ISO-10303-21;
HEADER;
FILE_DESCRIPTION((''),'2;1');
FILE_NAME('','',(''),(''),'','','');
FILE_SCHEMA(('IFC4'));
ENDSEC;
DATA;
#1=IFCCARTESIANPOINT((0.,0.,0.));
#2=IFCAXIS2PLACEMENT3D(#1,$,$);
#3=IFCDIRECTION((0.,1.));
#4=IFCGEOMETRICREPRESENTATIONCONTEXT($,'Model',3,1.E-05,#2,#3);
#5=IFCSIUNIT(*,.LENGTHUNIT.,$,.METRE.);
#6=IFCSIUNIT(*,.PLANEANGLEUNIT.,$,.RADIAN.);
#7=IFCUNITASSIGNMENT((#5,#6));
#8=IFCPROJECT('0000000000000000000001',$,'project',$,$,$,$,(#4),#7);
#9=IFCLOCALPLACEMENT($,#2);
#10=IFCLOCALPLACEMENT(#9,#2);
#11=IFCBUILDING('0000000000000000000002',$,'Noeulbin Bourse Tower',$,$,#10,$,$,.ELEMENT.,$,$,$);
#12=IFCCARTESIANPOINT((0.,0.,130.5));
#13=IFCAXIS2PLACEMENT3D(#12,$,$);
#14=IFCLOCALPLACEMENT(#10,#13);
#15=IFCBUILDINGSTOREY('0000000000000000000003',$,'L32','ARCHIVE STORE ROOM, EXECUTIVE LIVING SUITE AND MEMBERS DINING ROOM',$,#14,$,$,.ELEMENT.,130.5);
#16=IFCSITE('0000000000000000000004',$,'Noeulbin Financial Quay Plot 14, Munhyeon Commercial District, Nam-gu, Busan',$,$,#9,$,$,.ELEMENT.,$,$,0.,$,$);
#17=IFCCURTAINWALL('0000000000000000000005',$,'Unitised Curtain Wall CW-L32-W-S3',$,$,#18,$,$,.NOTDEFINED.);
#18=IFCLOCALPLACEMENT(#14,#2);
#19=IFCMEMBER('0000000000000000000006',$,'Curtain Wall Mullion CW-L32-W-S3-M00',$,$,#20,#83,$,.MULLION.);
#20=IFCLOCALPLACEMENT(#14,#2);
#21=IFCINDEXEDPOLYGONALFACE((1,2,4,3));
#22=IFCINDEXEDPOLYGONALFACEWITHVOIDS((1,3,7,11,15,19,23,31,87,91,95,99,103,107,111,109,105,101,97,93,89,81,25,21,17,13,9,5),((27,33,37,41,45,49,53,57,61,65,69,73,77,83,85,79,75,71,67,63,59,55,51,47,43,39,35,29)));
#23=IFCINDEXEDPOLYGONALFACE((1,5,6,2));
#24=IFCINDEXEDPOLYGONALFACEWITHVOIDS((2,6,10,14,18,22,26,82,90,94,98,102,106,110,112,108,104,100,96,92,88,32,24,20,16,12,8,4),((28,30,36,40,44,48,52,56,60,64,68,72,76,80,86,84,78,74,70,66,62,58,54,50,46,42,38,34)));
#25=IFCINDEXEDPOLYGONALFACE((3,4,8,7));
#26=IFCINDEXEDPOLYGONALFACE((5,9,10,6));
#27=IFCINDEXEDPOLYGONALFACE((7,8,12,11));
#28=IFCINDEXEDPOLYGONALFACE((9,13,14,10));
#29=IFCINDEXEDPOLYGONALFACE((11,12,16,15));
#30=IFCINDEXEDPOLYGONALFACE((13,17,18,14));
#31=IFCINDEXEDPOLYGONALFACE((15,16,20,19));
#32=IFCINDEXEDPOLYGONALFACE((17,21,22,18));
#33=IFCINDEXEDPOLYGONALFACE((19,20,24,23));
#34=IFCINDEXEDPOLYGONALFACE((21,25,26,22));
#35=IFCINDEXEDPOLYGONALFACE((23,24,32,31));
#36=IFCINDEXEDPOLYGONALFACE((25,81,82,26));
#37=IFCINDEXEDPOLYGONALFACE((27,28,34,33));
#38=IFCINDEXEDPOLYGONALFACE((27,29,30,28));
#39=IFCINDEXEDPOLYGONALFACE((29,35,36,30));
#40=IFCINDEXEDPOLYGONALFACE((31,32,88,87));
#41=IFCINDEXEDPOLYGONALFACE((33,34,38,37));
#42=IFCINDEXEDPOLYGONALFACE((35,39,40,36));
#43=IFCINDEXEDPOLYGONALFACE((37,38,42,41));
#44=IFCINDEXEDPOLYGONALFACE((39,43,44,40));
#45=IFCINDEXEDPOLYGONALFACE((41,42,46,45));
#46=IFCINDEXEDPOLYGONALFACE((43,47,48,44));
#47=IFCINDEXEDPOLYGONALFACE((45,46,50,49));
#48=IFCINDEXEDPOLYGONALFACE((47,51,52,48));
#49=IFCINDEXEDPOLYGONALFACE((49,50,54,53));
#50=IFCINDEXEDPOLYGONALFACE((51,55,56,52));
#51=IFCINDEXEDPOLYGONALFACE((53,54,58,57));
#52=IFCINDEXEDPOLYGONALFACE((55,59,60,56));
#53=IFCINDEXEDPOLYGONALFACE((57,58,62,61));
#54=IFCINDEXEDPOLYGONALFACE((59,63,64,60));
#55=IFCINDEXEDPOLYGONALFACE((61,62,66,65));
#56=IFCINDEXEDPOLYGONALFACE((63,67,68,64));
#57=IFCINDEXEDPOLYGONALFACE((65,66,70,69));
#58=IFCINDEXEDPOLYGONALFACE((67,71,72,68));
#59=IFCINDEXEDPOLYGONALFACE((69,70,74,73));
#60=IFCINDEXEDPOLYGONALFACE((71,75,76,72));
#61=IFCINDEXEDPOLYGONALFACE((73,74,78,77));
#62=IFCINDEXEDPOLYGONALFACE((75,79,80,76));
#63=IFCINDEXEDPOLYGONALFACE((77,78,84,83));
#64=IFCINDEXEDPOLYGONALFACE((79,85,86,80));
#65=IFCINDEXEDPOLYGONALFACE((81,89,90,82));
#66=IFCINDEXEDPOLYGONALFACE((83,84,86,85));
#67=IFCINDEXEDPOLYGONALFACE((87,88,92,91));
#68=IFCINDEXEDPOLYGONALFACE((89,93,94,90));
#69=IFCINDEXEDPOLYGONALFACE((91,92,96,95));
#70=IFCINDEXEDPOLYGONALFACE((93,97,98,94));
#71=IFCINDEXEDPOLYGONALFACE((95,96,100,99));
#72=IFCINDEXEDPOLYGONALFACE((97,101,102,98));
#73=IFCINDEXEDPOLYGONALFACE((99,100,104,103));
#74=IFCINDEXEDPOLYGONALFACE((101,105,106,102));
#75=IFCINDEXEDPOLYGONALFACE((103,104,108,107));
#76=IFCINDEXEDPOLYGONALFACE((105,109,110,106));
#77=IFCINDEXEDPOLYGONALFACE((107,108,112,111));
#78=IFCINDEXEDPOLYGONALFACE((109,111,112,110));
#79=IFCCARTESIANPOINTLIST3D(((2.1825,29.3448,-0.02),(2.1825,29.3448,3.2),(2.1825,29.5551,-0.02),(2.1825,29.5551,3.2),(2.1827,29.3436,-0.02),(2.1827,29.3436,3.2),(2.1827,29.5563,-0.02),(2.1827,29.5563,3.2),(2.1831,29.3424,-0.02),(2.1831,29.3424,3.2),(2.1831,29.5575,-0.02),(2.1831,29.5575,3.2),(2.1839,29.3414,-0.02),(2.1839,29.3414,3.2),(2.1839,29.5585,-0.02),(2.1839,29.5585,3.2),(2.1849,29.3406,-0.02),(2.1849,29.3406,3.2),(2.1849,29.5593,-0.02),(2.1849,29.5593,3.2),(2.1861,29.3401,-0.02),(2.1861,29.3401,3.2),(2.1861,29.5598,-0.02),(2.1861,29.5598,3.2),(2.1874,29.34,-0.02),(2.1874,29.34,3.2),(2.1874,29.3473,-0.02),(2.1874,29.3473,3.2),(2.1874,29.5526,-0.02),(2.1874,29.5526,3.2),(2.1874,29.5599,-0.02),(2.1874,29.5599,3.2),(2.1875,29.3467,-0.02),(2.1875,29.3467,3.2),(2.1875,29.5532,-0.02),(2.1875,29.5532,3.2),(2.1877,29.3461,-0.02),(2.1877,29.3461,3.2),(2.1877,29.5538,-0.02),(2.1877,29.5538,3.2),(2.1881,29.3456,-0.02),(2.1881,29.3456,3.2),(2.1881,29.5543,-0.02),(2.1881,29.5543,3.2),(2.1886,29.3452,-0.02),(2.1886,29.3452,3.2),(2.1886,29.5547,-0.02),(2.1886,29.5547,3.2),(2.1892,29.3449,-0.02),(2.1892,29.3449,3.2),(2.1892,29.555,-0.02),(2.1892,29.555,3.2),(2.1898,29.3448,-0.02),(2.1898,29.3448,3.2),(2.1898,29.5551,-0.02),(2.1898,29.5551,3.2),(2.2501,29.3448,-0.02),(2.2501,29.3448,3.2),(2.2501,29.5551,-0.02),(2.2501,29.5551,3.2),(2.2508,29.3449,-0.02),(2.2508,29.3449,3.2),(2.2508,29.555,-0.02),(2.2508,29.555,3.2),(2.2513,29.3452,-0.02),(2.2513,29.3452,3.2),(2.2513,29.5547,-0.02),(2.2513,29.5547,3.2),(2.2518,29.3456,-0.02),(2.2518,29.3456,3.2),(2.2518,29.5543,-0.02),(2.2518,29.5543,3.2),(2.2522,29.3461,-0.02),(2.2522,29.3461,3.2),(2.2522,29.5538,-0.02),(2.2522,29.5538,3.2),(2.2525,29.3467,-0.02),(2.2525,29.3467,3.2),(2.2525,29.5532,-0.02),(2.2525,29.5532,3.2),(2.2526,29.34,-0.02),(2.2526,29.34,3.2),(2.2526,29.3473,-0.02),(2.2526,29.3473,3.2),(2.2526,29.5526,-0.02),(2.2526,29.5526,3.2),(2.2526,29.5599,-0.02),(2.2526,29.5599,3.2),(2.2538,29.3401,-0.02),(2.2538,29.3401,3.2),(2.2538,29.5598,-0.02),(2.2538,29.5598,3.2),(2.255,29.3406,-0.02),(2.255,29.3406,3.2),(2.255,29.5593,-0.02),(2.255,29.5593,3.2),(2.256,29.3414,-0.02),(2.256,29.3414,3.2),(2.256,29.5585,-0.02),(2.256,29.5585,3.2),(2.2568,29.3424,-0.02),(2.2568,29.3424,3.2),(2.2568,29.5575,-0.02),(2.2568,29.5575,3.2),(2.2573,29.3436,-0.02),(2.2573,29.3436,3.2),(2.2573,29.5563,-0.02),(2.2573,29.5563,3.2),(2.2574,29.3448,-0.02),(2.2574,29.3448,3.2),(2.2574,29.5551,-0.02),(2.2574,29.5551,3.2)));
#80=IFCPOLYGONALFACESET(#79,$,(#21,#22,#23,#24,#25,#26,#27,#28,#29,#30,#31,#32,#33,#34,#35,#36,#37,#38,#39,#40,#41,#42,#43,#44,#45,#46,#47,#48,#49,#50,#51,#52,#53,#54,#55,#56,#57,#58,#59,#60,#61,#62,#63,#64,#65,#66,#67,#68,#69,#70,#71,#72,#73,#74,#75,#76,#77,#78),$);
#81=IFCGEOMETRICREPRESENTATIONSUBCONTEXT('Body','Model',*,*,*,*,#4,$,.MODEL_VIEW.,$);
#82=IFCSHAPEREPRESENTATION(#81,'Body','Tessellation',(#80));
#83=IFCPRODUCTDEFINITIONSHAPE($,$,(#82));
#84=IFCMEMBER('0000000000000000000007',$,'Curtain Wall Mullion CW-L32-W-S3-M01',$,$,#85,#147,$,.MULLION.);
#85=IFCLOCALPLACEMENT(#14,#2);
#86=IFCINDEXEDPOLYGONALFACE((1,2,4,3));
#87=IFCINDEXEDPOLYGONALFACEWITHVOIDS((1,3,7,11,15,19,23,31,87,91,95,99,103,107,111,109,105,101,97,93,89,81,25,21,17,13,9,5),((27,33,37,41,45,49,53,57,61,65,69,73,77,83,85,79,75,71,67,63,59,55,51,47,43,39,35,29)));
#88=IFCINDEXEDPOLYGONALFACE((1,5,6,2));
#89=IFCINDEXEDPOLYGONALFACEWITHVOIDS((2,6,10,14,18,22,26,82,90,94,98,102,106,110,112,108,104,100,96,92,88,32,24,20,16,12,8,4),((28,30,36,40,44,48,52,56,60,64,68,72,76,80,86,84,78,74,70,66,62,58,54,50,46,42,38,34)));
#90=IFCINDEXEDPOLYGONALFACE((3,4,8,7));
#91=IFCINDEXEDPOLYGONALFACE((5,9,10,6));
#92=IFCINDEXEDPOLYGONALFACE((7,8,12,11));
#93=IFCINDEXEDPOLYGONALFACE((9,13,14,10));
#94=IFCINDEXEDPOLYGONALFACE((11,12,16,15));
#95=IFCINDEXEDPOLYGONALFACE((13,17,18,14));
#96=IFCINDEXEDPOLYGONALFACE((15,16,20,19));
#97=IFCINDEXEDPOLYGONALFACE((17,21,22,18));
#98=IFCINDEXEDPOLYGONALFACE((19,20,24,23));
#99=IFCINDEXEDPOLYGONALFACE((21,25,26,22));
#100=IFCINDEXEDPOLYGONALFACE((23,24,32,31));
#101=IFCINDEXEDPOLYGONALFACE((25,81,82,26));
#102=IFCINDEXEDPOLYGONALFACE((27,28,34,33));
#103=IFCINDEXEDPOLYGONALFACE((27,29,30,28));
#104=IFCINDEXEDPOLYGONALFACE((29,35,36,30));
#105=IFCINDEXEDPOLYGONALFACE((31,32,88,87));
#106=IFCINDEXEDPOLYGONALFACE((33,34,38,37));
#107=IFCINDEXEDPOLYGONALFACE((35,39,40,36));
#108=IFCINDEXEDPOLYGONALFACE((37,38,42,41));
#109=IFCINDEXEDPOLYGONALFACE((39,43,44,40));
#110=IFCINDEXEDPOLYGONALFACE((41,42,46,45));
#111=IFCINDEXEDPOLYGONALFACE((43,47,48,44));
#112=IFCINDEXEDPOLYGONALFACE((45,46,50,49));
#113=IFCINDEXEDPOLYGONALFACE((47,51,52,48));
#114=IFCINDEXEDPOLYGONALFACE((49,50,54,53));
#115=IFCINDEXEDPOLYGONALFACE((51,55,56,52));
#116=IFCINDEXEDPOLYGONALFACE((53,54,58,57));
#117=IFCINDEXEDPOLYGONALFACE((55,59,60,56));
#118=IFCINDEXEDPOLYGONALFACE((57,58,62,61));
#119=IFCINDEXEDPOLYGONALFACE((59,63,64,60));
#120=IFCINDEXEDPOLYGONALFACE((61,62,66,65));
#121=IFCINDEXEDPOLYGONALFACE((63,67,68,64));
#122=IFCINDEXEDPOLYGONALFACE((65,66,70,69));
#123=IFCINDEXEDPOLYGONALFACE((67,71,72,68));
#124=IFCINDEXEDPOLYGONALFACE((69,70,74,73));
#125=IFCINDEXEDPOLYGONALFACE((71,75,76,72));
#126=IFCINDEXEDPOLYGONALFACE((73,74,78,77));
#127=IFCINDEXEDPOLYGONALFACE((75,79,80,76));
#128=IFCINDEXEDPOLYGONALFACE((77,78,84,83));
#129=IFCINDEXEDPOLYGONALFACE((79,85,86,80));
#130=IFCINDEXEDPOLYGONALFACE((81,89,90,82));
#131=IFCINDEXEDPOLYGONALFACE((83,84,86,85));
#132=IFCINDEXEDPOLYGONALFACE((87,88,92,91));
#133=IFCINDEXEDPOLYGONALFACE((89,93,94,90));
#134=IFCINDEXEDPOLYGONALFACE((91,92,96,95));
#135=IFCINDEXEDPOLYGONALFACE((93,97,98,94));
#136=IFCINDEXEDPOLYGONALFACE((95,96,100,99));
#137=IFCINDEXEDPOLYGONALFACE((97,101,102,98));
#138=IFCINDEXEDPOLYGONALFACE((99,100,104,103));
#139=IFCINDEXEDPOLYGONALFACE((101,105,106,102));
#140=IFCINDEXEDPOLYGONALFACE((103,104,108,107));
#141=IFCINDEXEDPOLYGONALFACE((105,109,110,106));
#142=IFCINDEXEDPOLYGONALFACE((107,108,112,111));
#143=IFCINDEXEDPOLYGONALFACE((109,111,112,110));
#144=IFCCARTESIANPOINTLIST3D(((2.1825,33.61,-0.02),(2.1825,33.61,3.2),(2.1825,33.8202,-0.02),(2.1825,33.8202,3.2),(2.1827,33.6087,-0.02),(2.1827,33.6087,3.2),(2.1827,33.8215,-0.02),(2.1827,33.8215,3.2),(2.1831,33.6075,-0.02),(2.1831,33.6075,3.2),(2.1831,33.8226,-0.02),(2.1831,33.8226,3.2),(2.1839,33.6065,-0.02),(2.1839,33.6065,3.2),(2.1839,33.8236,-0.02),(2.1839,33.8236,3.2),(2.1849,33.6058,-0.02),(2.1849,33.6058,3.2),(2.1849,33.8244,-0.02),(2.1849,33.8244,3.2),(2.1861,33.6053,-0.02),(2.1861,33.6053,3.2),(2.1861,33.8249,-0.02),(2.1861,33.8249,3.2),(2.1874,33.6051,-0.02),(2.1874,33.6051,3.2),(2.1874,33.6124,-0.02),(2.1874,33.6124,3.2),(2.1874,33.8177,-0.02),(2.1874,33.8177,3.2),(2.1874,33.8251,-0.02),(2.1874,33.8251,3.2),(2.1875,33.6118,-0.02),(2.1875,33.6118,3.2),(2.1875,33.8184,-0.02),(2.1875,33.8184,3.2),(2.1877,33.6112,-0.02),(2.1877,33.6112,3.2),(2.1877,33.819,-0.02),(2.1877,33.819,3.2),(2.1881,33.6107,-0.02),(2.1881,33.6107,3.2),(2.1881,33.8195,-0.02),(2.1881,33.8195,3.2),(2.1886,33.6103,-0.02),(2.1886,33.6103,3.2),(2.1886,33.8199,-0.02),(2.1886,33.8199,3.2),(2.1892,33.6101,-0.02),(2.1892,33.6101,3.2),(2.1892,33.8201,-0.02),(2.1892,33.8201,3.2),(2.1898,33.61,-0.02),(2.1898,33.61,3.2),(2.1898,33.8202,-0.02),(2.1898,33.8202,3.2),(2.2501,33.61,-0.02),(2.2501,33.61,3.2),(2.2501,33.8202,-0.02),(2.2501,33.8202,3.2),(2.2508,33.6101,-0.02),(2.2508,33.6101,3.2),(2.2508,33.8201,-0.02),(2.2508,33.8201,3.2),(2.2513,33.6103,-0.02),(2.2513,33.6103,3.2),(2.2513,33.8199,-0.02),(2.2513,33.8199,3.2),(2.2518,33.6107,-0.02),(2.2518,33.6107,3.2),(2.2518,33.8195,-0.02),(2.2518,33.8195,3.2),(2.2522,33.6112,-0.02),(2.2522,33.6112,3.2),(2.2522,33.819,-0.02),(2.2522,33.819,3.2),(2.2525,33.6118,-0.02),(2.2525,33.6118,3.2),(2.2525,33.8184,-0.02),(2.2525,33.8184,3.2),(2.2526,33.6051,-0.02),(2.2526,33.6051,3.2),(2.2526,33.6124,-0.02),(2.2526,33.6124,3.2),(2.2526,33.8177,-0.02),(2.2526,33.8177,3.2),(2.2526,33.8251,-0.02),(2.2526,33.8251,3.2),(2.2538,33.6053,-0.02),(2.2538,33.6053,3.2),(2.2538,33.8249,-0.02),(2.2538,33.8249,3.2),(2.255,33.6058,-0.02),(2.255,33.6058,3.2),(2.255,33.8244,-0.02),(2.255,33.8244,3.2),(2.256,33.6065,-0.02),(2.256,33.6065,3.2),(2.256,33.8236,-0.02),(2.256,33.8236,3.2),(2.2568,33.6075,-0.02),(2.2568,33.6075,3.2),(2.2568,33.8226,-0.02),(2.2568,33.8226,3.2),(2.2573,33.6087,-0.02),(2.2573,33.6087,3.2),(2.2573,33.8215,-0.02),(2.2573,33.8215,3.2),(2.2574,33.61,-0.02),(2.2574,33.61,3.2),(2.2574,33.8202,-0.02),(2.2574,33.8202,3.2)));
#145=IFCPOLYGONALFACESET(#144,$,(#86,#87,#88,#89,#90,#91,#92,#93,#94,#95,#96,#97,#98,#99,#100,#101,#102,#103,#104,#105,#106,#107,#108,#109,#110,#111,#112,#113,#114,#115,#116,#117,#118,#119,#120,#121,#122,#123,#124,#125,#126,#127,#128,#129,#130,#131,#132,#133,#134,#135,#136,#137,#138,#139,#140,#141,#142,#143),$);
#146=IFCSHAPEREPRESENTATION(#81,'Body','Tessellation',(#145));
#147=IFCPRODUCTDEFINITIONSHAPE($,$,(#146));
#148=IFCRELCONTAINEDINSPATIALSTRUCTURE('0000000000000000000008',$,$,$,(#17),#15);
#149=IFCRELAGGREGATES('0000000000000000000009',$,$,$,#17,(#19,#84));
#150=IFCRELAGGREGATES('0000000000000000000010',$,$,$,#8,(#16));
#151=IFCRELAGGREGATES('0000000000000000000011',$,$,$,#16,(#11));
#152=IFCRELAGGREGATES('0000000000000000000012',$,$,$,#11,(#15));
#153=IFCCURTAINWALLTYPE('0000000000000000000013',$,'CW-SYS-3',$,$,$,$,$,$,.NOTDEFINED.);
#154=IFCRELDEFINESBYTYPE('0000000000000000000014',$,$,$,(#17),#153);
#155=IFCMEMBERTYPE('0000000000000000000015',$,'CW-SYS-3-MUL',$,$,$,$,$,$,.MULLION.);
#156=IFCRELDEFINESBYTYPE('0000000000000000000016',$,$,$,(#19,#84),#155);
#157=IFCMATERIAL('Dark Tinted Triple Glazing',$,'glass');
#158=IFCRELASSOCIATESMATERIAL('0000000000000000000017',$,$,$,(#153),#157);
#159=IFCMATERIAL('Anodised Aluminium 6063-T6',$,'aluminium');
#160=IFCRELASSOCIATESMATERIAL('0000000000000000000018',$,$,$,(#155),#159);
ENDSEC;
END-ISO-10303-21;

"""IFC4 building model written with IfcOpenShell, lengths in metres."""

from ifc_helpers import new_model, si_unit, direction, frame, origin, origin_2d, place, context, subcontext, project, spatial, hollow_rectangle, extrude, material, material_profile, profile_set, type_object, element, aggregate, save


model = new_model("IFC4")

# Units and contexts
model_context = context("Model", 3, precision=1e-05, world=origin(), true_north=direction((0.0, 1.0)))
body_context = subcontext(model_context, "Body", "Model", "MODEL_VIEW")
ifc_project = project(units=[si_unit("LENGTHUNIT", "METRE"), si_unit("PLANEANGLEUNIT", "RADIAN")], contexts=[model_context])

# Site, building, storey
site_placement = place(None, origin())
site = spatial("IfcSite", under=ifc_project, at=site_placement, Name="Noeulbin Financial Quay Plot 14, Munhyeon Commercial District, Nam-gu, Busan", CompositionType="ELEMENT", RefElevation=0.0)
building_placement = place(site_placement, origin())
building = spatial("IfcBuilding", under=site, at=building_placement, Name="Noeulbin Bourse Tower", CompositionType="ELEMENT")
storey_placement = place(building_placement, frame((0.0, 0.0, 130.5)))
storey = spatial("IfcBuildingStorey", under=building, at=storey_placement, Name="L32", Description="ARCHIVE STORE ROOM, EXECUTIVE LIVING SUITE AND MEMBERS DINING ROOM", CompositionType="ELEMENT", Elevation=130.5)

# Curtain wall, members
ifc_material_1 = material(Name="Dark Tinted Triple Glazing", Category="glass")
curtain_wall_type = type_object("IfcCurtainWallType", Name="CW-SYS-3", PredefinedType="NOTDEFINED", material=ifc_material_1)
ifc_material_2 = material(Name="Anodised Aluminium 6063-T6", Category="aluminium")
ifc_material_profile_1 = material_profile(ifc_material_2, hollow_rectangle(XDim=0.075, YDim=0.22, WallThickness=0.0049, InnerFilletRadius=0.0024, OuterFilletRadius=0.0049, at=origin_2d()), Name="ALU-MULL-75x220x5", Category="LoadBearing")
ifc_profile_set_1 = profile_set([ifc_material_profile_1], Name="Anodised Aluminium 6063-T6")
member_type_1 = type_object("IfcMemberType", Name="CW-SYS-3-MUL", PredefinedType="MULLION", material=ifc_profile_set_1)
curtain_wall_1_placement = place(storey_placement, origin())
curtain_wall_1 = element("IfcCurtainWall", 1, at=curtain_wall_1_placement, inside=storey, type_object=curtain_wall_type, Name="Unitised Curtain Wall CW-L32-W-S3", PredefinedType="NOTDEFINED")
member_1_placement = place(storey_placement, frame((2.22, 29.45, -0.02), z_axis=(0.0, 0.0, 1.0), x_axis=(1.0, 0.0, 0.0)))
member_1 = element("IfcMember", 2, at=member_1_placement, type_object=member_type_1, Name="Curtain Wall Mullion CW-L32-W-S3-M00", PredefinedType="MULLION", context=body_context, shape_type="SweptSolid", body=[
    extrude(hollow_rectangle(XDim=0.075, YDim=0.22, WallThickness=0.0049, InnerFilletRadius=0.0024, OuterFilletRadius=0.0049, at=origin_2d()), origin(), (0.0, 0.0, 1.0), 3.22),
])
member_2_placement = place(storey_placement, frame((2.22, 33.7151, -0.02), z_axis=(0.0, 0.0, 1.0), x_axis=(1.0, 0.0, 0.0)))
member_2 = element("IfcMember", 3, at=member_2_placement, type_object=member_type_1, Name="Curtain Wall Mullion CW-L32-W-S3-M01", PredefinedType="MULLION", context=body_context, shape_type="SweptSolid", body=[
    extrude(hollow_rectangle(XDim=0.075, YDim=0.22, WallThickness=0.0049, InnerFilletRadius=0.0024, OuterFilletRadius=0.0049, at=origin_2d()), origin(), (0.0, 0.0, 1.0), 3.22),
])

aggregate(curtain_wall_1, [member_1, member_2])

save(model, "model.ifc")
